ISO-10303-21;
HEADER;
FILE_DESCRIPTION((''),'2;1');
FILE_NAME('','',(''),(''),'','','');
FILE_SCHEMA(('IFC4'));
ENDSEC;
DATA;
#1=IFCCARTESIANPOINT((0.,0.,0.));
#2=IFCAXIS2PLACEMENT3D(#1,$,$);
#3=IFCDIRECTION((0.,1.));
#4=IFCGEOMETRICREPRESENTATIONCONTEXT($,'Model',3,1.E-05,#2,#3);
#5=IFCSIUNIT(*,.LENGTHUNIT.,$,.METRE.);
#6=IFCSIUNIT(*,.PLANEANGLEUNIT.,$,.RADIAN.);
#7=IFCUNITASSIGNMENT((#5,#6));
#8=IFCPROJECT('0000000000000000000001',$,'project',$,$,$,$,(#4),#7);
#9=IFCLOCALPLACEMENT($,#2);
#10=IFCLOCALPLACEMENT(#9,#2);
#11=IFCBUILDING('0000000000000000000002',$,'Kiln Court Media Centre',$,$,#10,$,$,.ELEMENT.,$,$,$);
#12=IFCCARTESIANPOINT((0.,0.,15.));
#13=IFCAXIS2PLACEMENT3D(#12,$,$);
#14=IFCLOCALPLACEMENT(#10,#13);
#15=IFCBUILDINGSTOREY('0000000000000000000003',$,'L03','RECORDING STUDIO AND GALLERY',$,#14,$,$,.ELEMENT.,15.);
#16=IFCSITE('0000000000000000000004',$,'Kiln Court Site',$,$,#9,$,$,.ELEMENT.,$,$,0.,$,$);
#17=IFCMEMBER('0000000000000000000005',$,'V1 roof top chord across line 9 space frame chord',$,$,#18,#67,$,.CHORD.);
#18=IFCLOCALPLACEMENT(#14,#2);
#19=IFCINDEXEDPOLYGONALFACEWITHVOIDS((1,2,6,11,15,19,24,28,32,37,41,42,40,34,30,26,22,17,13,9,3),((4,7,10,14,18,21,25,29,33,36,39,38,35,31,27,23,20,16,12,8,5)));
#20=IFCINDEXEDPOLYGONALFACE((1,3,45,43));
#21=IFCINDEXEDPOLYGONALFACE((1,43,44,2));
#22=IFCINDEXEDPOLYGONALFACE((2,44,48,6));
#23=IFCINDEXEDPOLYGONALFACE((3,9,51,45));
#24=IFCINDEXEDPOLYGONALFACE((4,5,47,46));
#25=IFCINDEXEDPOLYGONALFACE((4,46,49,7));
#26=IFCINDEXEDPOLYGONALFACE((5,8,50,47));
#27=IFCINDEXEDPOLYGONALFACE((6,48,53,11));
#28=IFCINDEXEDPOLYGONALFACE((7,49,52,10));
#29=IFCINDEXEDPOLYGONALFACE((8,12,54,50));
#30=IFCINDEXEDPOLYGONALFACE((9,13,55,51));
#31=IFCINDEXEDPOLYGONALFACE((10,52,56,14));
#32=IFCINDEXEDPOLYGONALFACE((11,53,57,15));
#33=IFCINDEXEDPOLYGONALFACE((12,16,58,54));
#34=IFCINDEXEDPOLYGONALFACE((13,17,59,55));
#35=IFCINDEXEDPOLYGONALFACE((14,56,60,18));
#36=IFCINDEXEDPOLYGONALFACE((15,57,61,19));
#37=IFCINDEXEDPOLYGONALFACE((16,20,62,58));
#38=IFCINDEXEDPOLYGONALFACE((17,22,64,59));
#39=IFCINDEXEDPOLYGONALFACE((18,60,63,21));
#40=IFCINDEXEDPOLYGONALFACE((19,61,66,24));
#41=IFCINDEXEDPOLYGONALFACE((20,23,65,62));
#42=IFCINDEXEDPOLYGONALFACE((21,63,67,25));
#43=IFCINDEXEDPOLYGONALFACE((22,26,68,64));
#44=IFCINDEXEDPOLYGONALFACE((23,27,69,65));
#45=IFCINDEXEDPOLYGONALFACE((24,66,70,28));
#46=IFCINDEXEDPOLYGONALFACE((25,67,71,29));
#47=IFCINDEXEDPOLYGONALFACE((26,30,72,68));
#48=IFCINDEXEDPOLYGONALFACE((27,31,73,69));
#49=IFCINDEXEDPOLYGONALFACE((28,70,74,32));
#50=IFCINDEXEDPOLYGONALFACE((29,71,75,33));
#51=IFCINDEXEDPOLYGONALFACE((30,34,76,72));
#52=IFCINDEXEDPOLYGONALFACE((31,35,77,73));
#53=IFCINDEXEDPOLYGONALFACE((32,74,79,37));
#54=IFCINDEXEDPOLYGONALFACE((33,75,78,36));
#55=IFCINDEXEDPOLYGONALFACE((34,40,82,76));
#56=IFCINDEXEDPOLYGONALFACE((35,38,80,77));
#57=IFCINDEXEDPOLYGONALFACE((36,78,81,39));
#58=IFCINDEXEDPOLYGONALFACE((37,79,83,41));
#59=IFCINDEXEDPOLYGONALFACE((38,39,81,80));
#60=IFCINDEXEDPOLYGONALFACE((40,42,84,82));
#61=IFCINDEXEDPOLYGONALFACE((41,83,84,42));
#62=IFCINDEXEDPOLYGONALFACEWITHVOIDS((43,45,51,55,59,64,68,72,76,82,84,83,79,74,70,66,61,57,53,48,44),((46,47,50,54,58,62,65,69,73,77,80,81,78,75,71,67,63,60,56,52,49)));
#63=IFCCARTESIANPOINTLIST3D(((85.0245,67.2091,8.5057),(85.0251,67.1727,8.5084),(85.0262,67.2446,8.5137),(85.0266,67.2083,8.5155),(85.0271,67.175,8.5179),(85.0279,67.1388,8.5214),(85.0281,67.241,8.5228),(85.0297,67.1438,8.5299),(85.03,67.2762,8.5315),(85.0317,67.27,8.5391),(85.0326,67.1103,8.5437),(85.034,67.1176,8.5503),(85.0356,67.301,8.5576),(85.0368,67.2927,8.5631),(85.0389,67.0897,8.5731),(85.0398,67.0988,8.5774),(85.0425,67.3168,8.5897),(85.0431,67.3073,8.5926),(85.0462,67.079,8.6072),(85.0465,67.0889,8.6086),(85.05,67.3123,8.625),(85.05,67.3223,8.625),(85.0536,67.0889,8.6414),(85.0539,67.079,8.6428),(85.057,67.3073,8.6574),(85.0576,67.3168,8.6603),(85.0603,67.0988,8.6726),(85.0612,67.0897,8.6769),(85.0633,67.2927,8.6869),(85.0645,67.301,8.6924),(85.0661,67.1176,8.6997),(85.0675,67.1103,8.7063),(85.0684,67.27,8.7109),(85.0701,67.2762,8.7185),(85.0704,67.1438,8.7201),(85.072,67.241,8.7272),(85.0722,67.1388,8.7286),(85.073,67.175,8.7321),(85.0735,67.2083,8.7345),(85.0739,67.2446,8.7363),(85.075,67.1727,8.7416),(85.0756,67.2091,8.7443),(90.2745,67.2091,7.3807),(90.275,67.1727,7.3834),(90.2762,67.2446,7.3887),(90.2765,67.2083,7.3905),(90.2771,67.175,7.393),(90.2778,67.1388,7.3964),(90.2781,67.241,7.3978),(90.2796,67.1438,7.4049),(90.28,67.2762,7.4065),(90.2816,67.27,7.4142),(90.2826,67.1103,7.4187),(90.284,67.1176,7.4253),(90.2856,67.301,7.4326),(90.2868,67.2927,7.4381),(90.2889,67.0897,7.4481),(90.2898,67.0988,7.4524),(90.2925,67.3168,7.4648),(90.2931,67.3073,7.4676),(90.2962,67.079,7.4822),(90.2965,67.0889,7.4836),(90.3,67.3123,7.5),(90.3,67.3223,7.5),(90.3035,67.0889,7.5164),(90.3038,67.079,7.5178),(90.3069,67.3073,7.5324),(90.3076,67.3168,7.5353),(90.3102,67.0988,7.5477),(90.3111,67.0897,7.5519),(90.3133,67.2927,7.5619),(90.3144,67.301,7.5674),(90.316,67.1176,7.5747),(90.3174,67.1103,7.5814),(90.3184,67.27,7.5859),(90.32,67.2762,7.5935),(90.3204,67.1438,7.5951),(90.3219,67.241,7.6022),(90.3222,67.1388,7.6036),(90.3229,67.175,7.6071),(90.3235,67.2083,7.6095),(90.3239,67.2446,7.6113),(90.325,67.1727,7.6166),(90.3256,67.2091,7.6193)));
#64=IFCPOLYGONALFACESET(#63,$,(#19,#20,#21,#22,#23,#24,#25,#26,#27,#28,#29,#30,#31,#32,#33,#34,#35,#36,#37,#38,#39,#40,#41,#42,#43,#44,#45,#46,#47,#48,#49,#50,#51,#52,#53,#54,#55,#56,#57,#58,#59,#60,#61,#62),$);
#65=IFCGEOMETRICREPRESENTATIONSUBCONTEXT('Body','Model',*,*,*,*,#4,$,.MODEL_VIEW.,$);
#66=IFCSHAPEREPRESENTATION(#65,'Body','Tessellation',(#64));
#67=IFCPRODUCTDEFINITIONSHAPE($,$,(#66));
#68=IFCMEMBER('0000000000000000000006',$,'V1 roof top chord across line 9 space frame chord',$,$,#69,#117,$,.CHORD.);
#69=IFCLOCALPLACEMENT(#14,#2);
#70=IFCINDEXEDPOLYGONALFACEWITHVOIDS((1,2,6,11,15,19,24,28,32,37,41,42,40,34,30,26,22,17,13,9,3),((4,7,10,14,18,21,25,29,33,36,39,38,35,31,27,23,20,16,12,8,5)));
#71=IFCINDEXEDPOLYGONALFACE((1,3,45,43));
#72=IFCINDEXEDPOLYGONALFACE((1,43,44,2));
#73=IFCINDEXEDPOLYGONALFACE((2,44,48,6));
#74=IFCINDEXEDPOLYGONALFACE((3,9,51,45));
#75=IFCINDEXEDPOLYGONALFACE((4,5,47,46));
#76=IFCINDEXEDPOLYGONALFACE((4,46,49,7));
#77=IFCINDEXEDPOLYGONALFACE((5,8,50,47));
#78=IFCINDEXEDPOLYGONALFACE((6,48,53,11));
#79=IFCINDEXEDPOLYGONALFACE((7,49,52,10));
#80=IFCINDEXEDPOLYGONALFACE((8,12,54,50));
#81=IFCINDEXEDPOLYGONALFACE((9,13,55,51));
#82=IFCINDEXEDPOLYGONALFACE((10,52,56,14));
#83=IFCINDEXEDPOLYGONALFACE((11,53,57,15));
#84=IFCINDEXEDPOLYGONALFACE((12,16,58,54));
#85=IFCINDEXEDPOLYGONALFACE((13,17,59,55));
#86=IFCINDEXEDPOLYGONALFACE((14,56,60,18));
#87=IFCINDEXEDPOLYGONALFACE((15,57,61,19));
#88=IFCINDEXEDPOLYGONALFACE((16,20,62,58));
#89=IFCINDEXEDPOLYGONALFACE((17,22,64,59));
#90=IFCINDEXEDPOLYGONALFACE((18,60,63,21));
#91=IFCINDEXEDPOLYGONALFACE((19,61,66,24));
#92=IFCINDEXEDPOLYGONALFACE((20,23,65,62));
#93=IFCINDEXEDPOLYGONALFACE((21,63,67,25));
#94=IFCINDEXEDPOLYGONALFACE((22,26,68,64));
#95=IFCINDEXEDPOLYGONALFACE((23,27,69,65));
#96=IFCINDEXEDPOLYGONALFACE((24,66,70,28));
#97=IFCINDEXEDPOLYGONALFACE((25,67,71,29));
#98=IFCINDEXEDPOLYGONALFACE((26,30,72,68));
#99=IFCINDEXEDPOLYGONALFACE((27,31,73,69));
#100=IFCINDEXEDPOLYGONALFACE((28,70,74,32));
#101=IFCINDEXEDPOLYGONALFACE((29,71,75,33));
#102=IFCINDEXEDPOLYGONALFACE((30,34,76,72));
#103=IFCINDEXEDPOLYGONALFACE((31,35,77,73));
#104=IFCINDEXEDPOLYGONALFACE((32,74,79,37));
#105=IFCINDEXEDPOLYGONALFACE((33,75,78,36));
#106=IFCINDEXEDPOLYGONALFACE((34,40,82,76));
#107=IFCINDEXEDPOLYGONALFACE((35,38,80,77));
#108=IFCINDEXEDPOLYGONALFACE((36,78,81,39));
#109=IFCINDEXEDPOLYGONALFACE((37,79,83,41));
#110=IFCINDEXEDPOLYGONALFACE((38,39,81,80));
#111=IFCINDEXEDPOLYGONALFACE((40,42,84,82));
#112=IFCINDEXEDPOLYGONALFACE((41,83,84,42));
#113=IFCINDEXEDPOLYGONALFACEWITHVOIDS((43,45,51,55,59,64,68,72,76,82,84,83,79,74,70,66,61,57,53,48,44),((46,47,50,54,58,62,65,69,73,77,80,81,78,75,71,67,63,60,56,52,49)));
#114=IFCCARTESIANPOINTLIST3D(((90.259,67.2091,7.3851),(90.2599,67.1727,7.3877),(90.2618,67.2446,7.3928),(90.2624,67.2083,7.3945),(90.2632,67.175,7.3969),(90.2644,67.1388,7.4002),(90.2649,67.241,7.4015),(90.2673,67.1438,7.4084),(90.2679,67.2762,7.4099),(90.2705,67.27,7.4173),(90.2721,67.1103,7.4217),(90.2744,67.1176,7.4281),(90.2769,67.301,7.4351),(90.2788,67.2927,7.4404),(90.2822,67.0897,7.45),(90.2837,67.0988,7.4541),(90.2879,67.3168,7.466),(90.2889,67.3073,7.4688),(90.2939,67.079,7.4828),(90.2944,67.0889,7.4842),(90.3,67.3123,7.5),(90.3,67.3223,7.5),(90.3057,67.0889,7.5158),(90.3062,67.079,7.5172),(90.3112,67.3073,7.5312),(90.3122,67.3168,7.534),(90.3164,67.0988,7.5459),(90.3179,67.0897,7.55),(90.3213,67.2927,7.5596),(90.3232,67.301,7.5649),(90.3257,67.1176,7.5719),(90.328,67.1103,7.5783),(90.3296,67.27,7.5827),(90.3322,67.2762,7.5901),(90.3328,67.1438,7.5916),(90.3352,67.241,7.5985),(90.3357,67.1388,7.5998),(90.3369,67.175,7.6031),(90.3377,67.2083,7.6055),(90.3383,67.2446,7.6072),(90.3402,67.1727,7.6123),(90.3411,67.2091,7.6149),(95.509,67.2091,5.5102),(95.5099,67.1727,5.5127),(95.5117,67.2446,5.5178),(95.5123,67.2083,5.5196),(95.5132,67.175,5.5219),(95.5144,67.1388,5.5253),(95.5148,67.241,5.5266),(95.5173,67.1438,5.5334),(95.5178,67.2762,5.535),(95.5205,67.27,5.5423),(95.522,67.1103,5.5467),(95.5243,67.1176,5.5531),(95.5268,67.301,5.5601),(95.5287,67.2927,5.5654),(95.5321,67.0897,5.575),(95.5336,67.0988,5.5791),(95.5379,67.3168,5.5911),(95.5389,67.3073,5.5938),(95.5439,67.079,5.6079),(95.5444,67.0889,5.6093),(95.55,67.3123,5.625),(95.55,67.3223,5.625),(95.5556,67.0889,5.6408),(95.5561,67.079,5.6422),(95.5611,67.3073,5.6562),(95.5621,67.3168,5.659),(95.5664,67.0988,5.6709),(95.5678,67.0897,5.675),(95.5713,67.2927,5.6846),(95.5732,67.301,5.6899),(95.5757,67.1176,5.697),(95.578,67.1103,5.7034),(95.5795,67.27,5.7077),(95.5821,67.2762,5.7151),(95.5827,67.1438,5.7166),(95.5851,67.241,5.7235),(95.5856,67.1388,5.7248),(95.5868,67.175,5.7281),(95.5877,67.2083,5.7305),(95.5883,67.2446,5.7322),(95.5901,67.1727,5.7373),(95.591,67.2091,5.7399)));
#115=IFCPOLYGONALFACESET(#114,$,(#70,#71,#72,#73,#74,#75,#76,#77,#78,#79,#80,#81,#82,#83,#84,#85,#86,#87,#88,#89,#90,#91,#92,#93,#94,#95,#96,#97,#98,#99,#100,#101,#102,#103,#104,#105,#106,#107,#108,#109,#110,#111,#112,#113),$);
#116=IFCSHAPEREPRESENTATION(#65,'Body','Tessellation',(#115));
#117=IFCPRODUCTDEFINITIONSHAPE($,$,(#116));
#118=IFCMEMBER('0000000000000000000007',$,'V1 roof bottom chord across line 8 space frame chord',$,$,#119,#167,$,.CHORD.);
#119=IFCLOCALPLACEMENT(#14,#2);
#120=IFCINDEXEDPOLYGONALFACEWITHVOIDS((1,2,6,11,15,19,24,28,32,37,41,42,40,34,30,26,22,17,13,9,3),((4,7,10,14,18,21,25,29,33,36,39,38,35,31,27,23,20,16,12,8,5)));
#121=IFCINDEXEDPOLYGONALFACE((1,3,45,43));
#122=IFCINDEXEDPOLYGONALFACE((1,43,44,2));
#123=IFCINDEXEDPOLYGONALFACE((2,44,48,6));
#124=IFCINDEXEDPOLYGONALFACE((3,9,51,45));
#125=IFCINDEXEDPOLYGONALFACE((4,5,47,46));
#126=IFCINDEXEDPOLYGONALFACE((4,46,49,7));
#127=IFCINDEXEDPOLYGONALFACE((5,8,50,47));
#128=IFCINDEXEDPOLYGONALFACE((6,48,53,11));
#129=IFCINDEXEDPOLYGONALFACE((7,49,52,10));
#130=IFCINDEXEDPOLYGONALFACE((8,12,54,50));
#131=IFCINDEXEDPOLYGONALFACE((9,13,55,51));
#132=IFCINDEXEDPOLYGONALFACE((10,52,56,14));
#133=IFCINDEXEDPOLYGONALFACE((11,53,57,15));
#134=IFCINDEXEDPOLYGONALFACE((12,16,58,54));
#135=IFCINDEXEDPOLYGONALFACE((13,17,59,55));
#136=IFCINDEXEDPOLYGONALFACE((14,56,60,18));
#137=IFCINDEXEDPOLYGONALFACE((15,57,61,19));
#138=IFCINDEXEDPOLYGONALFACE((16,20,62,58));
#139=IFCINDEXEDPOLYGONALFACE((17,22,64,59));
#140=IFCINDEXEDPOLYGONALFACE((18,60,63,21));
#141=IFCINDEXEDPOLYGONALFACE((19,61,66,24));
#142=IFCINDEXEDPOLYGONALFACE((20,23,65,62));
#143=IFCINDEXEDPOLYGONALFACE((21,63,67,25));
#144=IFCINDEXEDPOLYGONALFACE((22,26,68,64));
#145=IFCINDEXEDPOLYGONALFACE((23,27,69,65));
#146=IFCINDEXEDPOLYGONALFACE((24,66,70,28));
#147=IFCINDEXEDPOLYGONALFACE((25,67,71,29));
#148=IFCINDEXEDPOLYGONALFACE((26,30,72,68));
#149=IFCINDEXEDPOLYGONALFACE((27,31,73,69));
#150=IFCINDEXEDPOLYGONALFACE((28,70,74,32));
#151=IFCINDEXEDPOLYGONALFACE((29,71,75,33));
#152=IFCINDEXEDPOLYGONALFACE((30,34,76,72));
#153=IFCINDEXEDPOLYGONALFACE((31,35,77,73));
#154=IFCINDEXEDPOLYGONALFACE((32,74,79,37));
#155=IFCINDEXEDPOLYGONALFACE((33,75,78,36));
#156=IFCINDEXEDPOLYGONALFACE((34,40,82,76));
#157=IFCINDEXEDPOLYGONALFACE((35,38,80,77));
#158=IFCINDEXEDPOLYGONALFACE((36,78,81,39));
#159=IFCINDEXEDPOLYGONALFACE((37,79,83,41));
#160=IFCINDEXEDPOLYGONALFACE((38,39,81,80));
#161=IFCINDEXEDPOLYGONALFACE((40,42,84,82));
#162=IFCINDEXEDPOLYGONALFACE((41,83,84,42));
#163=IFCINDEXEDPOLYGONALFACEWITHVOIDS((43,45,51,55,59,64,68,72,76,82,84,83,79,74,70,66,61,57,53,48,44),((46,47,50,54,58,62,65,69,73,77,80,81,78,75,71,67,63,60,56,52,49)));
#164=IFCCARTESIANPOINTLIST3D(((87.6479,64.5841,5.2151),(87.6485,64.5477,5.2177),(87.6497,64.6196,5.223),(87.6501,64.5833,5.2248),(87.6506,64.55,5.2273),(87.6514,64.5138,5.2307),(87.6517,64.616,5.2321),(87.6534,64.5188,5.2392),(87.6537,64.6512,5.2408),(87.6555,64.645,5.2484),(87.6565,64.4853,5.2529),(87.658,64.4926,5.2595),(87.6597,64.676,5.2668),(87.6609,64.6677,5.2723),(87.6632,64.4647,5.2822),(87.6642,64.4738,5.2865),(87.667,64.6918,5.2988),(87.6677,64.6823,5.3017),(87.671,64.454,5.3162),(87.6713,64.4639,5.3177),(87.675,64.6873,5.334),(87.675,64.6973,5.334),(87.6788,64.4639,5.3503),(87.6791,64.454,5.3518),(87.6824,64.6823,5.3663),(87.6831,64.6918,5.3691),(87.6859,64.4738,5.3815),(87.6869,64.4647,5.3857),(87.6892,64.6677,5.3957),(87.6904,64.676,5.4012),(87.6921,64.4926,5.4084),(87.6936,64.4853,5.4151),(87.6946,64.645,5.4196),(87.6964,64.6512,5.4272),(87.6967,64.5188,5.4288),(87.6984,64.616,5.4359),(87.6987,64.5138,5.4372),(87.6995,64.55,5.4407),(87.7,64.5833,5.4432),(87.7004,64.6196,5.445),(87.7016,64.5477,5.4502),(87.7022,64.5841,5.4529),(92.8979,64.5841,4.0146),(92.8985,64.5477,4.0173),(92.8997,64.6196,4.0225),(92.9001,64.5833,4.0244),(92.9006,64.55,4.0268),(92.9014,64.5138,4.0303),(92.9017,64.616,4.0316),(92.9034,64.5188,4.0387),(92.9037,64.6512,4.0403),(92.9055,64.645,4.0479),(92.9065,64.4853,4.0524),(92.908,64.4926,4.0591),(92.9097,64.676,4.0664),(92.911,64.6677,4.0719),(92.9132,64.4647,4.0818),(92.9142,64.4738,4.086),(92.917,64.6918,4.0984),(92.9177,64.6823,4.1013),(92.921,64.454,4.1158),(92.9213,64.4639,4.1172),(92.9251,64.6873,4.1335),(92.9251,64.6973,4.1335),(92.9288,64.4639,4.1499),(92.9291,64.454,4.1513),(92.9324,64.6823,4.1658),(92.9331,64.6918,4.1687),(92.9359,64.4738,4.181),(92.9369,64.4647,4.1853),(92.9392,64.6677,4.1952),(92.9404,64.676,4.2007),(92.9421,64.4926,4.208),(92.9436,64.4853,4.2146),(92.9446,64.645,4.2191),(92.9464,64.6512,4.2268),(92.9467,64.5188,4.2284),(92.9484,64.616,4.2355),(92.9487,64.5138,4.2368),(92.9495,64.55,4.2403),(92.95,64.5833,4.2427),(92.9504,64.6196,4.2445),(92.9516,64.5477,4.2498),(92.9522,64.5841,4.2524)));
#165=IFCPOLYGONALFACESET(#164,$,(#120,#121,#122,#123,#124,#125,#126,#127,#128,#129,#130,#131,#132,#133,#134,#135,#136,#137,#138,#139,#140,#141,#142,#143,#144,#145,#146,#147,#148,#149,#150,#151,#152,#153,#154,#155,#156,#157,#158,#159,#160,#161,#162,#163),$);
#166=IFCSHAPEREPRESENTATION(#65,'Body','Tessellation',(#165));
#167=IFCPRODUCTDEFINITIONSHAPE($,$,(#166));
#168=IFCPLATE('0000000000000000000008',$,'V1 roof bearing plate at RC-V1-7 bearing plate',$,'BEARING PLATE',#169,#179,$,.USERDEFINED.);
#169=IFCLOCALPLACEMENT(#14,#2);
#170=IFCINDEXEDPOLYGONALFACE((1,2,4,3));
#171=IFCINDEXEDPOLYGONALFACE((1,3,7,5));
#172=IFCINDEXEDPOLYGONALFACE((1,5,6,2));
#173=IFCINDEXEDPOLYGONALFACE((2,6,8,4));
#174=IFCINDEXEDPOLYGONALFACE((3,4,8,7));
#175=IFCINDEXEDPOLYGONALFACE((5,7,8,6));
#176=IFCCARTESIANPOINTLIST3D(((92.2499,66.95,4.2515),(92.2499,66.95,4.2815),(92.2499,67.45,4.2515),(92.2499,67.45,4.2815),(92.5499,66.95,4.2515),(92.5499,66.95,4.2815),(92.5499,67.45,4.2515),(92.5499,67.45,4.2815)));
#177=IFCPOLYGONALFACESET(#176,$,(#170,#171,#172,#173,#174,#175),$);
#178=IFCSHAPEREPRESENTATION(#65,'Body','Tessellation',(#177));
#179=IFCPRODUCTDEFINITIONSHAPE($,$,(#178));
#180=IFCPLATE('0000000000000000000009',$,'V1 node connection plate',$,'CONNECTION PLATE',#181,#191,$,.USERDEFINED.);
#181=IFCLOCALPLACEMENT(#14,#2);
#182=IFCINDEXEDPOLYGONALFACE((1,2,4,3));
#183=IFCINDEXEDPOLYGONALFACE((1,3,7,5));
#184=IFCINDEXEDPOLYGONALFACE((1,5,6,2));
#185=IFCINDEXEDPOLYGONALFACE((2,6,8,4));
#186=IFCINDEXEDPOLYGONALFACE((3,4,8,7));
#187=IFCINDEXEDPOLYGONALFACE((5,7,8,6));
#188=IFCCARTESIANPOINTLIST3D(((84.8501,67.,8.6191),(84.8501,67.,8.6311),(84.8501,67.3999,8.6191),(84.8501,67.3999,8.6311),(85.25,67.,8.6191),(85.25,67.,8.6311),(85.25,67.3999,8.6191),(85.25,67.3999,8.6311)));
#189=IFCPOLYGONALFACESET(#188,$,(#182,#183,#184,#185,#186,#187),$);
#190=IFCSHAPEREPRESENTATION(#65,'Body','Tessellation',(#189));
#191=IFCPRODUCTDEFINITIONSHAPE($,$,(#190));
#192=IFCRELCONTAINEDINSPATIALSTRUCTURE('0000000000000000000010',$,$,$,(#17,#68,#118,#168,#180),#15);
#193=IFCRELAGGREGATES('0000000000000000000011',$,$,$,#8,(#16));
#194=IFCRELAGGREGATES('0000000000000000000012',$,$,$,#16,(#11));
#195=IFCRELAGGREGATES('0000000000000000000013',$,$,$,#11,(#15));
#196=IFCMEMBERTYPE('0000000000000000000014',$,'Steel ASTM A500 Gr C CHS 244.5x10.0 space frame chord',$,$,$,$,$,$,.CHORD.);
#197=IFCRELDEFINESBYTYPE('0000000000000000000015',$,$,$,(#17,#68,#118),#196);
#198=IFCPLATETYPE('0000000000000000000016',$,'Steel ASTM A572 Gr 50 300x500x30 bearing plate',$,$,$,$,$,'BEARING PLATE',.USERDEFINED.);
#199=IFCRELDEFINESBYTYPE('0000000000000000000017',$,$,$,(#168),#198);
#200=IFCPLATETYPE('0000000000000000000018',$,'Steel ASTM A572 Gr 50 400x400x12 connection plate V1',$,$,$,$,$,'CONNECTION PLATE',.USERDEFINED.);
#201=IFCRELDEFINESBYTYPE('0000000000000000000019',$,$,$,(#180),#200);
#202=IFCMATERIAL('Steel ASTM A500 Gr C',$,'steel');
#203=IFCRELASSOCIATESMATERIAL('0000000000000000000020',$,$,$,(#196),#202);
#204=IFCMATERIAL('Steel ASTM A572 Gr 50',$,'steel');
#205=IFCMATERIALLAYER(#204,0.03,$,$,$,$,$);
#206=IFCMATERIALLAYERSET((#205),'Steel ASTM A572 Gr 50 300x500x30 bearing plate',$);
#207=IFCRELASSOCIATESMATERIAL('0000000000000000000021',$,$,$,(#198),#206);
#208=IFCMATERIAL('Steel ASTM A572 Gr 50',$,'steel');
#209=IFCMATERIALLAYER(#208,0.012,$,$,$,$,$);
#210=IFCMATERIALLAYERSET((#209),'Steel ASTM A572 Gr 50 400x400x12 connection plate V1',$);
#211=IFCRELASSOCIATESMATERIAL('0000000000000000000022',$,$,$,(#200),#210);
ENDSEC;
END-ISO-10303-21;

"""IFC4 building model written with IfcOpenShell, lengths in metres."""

from ifc_helpers import new_model, si_unit, direction, frame, origin, origin_2d, place, context, subcontext, project, spatial, rectangle, hollow_circle, extrude, material, layer, layer_set, material_profile, profile_set, type_object, element, save


model = new_model("IFC4")

# Units and contexts
model_context = context("Model", 3, precision=1e-05, world=origin(), true_north=direction((0.0, 1.0)))
body_context = subcontext(model_context, "Body", "Model", "MODEL_VIEW")
ifc_project = project(units=[si_unit("LENGTHUNIT", "METRE"), si_unit("PLANEANGLEUNIT", "RADIAN")], contexts=[model_context])

# Site, building, storey
site_placement = place(None, origin())
site = spatial("IfcSite", under=ifc_project, at=site_placement, Name="Kiln Court Site", CompositionType="ELEMENT", RefElevation=0.0)
building_placement = place(site_placement, origin())
building = spatial("IfcBuilding", under=site, at=building_placement, Name="Kiln Court Media Centre", CompositionType="ELEMENT")
storey_placement = place(building_placement, frame((0.0, 0.0, 15.0)))
storey = spatial("IfcBuildingStorey", under=building, at=storey_placement, Name="L03", Description="RECORDING STUDIO AND GALLERY", CompositionType="ELEMENT", Elevation=15.0)

# Members
ifc_material_1 = material(Name="Steel ASTM A500 Gr C", Category="steel")
ifc_material_profile_1 = material_profile(ifc_material_1, hollow_circle(Radius=0.1223, WallThickness=0.01, at=origin_2d()), Name="CHS 244.5x10.0")
ifc_profile_set_1 = profile_set([ifc_material_profile_1], Name="Steel ASTM A500 Gr C")
member_type_1 = type_object("IfcMemberType", Name="Steel ASTM A500 Gr C CHS 244.5x10.0 space frame chord", PredefinedType="CHORD", material=ifc_profile_set_1)
member_1_placement = place(storey_placement, frame((85.05, 67.2, 8.625), z_axis=(0.977802, 0.0, -0.209529), x_axis=(0.0, 1.0, 0.0)))
element("IfcMember", 1, at=member_1_placement, inside=storey, type_object=member_type_1, Name="V1 roof top chord across line 9 space frame chord", PredefinedType="CHORD", context=body_context, shape_type="SweptSolid", body=[
    extrude(hollow_circle(Radius=0.1223, WallThickness=0.01, at=origin_2d()), origin(), (0.0, 0.0, 1.0), 5.3691),
])
member_2_placement = place(storey_placement, frame((90.3, 67.2, 7.5), z_axis=(0.941742, 0.0, -0.336336), x_axis=(0.0, 1.0, 0.0)))
element("IfcMember", 2, at=member_2_placement, inside=storey, type_object=member_type_1, Name="V1 roof top chord across line 9 space frame chord", PredefinedType="CHORD", context=body_context, shape_type="SweptSolid", body=[
    extrude(hollow_circle(Radius=0.1223, WallThickness=0.01, at=origin_2d()), origin(), (0.0, 0.0, 1.0), 5.5747),
])
member_3_placement = place(storey_placement, frame((87.675, 64.575, 5.334), z_axis=(0.974841, 0.0, -0.222902), x_axis=(0.0, 1.0, 0.0)))
element("IfcMember", 3, at=member_3_placement, inside=storey, type_object=member_type_1, Name="V1 roof bottom chord across line 8 space frame chord", PredefinedType="CHORD", context=body_context, shape_type="SweptSolid", body=[
    extrude(hollow_circle(Radius=0.1223, WallThickness=0.01, at=origin_2d()), origin(), (0.0, 0.0, 1.0), 5.3855),
])

# Plates
ifc_material_2 = material(Name="Steel ASTM A572 Gr 50", Category="steel")
ifc_layer_1 = layer(ifc_material_2, 0.03)
ifc_layer_set_1 = layer_set([ifc_layer_1], Name="Steel ASTM A572 Gr 50 300x500x30 bearing plate")
plate_type_1 = type_object("IfcPlateType", Name="Steel ASTM A572 Gr 50 300x500x30 bearing plate", ElementType="BEARING PLATE", PredefinedType="USERDEFINED", material=ifc_layer_set_1)
plate_placement = place(storey_placement, frame((92.3999, 67.2, 4.2515), z_axis=(0.0, 0.0, 1.0), x_axis=(1.0, 0.0, 0.0)))
element("IfcPlate", 4, at=plate_placement, inside=storey, type_object=plate_type_1, Name="V1 roof bearing plate at RC-V1-7 bearing plate", ObjectType="BEARING PLATE", PredefinedType="USERDEFINED", context=body_context, shape_type="SweptSolid", body=[
    extrude(rectangle(XDim=0.3, YDim=0.5, at=origin_2d()), origin(), (0.0, 0.0, 1.0), 0.03),
])
ifc_material_3 = material(Name="Steel ASTM A572 Gr 50", Category="steel")
ifc_layer_2 = layer(ifc_material_3, 0.012)
ifc_layer_set_2 = layer_set([ifc_layer_2], Name="Steel ASTM A572 Gr 50 400x400x12 connection plate V1")
plate_type_2 = type_object("IfcPlateType", Name="Steel ASTM A572 Gr 50 400x400x12 connection plate V1", ElementType="CONNECTION PLATE", PredefinedType="USERDEFINED", material=ifc_layer_set_2)
for number, where, z_axis, x_axis, name in (
    (5, (85.05, 67.2, 8.6191), (0.0, 0.0, 1.0), (1.0, 0.0, 0.0), "V1 node connection plate"),
):
    element("IfcPlate", number, at=place(storey_placement, frame(where, z_axis=z_axis, x_axis=x_axis)), inside=storey, type_object=plate_type_2, Name=name, ObjectType="CONNECTION PLATE", PredefinedType="USERDEFINED", context=body_context, shape_type="SweptSolid", body=[
        extrude(rectangle(XDim=0.3999, YDim=0.3999, at=origin_2d()), origin(), (0.0, 0.0, 1.0), 0.012),
    ])

save(model, "model.ifc")
